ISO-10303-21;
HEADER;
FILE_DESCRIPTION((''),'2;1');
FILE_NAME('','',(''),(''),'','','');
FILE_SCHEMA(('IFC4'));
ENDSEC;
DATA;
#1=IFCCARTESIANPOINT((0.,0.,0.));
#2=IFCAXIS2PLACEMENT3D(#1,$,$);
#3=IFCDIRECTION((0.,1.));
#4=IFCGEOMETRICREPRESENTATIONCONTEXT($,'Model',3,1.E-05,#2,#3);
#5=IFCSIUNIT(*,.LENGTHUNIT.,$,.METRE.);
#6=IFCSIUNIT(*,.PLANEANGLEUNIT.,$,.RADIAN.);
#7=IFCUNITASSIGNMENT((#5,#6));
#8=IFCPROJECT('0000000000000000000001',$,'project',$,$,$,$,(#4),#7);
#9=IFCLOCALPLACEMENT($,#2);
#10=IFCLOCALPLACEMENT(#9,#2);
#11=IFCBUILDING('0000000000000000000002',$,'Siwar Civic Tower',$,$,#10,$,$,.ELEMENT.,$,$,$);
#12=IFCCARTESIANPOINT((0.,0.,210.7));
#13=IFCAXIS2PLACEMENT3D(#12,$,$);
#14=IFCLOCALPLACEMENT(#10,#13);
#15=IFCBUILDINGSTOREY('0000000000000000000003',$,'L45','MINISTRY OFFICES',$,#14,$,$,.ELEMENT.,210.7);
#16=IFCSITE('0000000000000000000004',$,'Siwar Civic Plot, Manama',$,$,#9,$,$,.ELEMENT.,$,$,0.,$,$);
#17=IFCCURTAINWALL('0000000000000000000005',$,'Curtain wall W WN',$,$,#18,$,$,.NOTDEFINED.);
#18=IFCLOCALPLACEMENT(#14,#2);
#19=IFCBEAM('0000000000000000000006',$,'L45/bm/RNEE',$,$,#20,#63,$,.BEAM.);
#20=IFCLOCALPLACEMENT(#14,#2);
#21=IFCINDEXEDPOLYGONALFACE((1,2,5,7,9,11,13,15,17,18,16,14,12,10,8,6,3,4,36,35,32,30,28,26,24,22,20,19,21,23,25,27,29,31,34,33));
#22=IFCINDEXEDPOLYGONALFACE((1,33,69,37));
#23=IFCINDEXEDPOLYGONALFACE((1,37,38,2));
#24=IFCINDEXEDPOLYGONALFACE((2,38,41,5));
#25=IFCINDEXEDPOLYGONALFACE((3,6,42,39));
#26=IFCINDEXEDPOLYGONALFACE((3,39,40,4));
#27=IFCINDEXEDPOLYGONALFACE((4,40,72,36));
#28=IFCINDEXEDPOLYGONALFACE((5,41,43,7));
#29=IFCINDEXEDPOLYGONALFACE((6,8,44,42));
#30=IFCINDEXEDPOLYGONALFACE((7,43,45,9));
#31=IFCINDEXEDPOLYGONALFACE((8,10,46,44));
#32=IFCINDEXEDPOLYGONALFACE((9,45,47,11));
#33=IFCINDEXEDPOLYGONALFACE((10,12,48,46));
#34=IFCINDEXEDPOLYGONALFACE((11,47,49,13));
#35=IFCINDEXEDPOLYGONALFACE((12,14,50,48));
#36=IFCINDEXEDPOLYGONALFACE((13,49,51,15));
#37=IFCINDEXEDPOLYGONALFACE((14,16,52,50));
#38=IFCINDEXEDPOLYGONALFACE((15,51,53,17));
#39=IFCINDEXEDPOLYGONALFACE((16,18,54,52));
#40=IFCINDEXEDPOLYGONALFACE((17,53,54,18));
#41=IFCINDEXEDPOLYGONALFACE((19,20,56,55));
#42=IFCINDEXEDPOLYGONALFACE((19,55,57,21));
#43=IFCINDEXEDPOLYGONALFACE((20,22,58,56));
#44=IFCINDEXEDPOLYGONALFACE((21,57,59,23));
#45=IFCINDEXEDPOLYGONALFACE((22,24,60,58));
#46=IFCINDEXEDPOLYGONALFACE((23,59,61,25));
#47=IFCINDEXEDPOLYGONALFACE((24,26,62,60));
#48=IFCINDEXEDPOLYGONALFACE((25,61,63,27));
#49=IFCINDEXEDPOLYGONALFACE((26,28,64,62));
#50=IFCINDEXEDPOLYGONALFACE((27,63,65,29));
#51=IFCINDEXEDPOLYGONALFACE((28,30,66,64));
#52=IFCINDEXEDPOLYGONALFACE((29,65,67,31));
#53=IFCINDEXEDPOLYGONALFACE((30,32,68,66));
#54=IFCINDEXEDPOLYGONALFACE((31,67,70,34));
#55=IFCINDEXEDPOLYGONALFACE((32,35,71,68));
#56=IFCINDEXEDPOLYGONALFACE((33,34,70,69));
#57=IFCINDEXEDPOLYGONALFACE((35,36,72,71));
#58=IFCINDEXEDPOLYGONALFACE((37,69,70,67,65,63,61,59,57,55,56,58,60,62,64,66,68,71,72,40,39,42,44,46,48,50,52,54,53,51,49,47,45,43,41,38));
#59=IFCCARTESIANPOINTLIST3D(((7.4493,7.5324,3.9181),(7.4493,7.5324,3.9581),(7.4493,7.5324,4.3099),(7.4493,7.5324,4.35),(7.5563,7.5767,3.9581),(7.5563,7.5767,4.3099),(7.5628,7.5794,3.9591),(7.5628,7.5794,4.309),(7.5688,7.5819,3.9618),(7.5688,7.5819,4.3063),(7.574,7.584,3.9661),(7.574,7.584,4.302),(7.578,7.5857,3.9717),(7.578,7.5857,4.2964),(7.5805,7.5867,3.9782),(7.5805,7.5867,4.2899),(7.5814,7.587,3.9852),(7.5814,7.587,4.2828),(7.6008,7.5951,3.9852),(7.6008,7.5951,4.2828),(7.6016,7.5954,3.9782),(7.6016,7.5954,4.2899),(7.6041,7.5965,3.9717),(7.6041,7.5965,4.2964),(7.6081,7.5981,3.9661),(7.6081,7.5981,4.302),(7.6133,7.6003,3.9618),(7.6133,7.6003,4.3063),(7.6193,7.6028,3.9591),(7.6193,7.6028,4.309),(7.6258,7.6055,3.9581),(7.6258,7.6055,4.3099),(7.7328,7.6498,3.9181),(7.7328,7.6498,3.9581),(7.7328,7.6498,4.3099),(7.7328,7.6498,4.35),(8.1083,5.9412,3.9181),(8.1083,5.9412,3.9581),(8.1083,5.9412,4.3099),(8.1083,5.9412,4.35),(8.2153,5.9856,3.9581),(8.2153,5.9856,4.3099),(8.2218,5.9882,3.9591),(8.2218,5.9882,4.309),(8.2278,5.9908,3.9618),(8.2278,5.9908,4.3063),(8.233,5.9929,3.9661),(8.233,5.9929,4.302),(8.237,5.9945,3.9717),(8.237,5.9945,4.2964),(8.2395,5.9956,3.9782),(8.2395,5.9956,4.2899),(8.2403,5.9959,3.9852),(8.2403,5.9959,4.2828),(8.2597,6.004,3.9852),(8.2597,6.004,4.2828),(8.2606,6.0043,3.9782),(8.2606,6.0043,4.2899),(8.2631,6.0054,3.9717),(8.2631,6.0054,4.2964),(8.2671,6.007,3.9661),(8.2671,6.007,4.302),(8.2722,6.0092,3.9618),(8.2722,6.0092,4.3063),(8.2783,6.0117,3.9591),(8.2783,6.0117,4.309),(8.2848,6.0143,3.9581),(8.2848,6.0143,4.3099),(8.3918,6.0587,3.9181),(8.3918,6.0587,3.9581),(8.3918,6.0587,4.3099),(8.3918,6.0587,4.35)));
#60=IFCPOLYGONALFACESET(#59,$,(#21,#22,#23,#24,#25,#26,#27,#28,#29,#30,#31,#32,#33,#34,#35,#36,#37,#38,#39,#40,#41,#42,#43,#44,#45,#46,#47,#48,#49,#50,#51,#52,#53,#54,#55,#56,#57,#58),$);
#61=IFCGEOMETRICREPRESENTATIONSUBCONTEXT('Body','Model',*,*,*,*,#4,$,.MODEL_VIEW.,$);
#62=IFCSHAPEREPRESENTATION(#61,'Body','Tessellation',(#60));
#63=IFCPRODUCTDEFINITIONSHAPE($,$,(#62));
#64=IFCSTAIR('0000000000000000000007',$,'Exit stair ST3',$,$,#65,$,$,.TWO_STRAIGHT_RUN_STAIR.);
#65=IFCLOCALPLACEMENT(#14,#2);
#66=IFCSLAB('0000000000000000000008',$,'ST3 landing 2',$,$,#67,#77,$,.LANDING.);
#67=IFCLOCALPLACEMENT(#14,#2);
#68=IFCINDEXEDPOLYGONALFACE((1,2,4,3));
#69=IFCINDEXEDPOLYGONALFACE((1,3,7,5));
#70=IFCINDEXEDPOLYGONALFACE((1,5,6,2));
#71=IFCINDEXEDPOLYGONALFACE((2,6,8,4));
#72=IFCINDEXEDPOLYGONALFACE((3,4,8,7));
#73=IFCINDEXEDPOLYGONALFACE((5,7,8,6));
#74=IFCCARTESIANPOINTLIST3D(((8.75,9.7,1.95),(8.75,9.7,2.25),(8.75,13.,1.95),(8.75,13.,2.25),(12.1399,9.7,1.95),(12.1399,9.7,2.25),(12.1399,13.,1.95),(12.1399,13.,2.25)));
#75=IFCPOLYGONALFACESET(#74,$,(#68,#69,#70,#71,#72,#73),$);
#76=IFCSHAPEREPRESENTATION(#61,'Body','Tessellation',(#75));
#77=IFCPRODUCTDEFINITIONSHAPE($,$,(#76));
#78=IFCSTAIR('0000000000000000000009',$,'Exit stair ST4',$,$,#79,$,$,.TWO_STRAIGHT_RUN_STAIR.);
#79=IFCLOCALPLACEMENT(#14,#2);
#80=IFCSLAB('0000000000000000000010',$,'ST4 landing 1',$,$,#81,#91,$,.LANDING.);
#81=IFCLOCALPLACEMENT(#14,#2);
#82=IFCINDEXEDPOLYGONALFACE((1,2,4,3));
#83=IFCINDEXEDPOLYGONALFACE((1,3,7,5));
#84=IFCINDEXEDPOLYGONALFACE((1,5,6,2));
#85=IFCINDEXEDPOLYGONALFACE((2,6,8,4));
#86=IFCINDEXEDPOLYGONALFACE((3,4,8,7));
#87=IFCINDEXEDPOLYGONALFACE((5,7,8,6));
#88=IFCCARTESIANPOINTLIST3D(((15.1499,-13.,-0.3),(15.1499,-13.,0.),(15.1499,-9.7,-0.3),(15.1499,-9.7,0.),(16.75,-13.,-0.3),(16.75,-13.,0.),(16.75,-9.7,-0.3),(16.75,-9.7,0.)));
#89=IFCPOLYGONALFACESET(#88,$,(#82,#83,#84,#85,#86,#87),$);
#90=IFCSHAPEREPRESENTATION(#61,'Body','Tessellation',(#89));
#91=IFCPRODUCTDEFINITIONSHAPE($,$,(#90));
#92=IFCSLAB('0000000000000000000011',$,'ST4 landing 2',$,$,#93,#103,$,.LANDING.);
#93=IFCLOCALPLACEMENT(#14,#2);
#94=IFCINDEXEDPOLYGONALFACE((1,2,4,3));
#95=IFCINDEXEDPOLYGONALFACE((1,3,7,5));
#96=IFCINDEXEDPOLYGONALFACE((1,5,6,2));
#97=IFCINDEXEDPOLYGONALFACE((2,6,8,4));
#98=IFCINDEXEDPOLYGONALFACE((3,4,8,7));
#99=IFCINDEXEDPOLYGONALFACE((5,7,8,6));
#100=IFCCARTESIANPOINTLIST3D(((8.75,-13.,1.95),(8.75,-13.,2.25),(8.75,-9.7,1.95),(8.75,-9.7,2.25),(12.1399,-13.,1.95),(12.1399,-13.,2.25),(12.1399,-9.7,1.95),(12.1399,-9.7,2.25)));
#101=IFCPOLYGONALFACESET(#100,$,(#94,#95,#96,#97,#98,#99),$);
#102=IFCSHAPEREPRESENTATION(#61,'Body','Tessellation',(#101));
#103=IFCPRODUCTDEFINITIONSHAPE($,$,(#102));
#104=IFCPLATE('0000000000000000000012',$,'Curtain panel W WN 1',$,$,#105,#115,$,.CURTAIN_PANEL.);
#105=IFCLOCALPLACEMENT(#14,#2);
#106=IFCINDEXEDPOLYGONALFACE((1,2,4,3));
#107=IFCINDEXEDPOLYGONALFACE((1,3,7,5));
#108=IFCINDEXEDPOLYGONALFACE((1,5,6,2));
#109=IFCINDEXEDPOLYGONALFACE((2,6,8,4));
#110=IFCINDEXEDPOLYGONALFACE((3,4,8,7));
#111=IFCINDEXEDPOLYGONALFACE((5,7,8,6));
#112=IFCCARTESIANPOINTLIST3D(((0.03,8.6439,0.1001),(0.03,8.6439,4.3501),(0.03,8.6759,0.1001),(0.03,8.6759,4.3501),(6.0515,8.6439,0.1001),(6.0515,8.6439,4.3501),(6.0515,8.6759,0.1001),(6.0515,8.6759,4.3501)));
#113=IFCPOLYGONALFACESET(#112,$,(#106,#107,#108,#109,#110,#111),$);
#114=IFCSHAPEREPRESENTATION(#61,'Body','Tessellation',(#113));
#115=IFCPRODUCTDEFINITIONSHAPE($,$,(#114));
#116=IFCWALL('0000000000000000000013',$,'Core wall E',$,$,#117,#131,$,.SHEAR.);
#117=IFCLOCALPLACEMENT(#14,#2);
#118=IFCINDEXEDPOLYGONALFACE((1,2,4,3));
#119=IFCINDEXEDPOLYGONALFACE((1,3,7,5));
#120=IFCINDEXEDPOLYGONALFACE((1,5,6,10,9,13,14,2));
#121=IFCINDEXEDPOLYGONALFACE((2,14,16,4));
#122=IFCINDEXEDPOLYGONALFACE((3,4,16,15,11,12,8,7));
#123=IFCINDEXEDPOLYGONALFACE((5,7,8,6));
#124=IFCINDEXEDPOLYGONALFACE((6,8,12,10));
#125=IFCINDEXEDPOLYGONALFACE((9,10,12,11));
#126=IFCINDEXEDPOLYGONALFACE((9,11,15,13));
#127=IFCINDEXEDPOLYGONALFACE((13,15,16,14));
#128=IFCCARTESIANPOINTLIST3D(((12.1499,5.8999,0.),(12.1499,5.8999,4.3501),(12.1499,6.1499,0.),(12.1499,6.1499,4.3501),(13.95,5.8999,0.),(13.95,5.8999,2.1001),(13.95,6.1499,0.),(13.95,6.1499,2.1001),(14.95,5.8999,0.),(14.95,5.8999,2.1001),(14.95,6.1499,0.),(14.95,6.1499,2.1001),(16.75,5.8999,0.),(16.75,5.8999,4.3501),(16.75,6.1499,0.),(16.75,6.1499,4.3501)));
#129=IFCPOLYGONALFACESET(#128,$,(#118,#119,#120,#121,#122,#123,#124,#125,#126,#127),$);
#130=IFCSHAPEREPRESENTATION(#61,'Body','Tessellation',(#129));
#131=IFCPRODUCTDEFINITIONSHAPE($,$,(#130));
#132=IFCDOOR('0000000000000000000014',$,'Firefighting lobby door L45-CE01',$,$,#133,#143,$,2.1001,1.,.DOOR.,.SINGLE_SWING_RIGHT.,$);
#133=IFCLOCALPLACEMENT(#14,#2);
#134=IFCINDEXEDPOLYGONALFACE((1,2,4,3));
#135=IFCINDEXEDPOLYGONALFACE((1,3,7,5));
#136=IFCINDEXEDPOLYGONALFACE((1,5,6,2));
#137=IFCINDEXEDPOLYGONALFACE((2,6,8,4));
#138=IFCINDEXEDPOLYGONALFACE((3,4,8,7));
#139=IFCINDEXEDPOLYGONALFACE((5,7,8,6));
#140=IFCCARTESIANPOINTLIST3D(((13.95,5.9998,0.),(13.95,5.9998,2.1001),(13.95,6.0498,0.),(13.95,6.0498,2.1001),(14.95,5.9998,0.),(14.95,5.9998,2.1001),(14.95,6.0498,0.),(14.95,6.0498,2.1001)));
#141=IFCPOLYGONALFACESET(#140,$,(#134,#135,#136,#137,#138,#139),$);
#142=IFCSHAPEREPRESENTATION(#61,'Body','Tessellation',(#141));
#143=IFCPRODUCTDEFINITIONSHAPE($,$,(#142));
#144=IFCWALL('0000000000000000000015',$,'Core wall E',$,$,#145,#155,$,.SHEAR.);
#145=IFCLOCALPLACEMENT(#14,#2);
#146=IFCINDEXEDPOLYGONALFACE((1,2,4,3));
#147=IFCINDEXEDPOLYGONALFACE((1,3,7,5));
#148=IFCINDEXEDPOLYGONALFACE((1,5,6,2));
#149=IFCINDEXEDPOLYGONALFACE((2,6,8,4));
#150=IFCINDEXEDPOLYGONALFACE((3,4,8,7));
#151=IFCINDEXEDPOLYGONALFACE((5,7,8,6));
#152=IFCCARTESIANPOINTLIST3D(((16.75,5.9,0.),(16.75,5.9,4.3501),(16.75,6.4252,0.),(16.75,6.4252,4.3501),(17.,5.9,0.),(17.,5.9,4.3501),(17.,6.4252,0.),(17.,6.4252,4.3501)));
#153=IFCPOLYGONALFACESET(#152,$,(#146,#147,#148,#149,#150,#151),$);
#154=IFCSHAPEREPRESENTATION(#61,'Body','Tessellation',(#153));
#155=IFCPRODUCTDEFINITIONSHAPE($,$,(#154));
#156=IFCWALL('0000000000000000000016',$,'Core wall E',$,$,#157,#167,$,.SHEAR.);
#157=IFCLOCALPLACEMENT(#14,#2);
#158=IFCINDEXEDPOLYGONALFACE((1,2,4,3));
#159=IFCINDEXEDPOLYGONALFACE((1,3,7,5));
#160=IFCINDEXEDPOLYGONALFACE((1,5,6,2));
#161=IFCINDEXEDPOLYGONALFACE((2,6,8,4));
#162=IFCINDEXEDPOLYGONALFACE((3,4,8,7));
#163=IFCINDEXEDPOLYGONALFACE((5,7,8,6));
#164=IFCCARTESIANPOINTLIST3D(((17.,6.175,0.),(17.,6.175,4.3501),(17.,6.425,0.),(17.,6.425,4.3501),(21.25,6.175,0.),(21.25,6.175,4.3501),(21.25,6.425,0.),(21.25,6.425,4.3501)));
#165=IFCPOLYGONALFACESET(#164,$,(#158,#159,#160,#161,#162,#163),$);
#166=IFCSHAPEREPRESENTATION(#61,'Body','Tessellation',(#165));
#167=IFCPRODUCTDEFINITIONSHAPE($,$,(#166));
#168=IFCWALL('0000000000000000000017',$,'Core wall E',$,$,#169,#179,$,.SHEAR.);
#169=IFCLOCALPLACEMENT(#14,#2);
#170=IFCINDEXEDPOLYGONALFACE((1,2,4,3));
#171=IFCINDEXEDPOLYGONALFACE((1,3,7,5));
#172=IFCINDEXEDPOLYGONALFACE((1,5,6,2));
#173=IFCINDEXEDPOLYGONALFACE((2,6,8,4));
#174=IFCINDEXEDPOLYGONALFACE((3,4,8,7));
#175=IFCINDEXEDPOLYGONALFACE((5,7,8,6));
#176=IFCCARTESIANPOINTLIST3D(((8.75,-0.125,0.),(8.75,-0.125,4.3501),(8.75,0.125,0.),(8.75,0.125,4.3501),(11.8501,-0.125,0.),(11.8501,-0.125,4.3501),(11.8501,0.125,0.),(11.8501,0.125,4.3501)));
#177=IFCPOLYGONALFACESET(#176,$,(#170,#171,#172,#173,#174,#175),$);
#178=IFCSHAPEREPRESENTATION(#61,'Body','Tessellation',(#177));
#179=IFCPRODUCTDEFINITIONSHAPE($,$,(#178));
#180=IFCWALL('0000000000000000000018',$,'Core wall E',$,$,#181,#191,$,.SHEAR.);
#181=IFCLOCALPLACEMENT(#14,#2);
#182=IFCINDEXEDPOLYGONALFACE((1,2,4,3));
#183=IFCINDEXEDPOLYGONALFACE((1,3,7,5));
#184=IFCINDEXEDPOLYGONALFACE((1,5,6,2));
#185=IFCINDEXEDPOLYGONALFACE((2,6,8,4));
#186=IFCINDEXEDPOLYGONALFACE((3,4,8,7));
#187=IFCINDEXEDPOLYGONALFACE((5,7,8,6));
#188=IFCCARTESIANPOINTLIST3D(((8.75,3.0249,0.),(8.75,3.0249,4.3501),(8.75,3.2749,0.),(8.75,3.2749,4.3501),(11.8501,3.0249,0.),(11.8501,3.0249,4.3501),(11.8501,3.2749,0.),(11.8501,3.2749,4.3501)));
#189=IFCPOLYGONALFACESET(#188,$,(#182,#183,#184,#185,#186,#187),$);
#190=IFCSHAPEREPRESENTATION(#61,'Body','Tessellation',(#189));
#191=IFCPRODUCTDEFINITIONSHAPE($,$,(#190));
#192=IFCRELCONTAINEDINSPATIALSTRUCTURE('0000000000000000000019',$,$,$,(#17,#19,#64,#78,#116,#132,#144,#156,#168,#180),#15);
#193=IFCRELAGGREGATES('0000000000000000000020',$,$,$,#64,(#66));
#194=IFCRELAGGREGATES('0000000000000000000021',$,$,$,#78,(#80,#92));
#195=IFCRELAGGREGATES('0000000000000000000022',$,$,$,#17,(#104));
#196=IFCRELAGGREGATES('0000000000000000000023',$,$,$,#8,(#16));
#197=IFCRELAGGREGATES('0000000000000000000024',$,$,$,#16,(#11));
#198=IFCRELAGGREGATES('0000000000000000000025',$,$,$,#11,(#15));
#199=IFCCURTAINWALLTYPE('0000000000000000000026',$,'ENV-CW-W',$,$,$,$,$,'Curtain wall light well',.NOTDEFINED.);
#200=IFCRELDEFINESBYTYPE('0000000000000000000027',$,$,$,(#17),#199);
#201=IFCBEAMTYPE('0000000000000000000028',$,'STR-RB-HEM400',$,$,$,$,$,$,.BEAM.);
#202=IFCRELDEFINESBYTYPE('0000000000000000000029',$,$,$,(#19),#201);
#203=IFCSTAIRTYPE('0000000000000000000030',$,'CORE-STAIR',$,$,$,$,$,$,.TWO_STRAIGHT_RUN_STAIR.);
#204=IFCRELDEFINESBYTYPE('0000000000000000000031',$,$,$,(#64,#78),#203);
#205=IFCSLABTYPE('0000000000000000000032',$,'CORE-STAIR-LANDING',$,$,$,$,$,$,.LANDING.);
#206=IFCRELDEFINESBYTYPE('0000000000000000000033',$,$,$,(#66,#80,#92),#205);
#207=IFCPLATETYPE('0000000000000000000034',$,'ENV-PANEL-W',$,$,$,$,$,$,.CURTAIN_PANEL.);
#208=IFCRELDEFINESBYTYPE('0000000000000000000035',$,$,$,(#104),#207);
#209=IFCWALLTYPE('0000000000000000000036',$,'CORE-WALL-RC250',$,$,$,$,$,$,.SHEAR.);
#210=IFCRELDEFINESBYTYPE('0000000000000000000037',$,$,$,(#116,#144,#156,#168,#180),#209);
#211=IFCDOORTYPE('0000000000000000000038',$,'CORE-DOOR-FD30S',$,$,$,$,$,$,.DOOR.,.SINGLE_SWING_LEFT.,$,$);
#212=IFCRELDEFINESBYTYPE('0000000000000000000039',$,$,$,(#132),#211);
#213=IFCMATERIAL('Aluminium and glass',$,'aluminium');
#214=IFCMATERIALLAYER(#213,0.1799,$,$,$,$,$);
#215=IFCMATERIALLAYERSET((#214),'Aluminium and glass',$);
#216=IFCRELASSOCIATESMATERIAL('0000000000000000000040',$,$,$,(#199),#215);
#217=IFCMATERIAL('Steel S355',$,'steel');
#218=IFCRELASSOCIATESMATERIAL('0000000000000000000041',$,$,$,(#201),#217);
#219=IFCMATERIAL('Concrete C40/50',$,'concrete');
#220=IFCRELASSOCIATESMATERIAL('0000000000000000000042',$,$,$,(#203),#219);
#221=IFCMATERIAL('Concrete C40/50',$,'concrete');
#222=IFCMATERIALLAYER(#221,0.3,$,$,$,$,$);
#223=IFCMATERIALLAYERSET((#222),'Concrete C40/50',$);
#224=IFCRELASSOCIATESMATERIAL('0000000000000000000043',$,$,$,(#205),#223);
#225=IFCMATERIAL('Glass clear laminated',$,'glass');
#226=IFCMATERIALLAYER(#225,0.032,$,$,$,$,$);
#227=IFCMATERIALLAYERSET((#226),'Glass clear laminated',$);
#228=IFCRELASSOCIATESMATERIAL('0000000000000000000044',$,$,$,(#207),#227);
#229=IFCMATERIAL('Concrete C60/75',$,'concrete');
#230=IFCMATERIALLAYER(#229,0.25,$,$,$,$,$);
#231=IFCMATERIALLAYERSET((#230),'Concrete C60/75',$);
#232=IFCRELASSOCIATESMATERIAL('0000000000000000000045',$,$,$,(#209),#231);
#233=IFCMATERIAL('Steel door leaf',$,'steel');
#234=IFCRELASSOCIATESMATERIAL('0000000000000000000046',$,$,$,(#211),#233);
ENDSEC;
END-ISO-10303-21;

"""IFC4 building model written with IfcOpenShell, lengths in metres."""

from ifc_helpers import new_model, si_unit, direction, frame, frame_2d, origin, origin_2d, place, context, subcontext, project, spatial, polyline, rectangle, i_section, outline, extrude, material, layer, layer_set, material_profile, profile_set, type_object, element, fill, aggregate, save


model = new_model("IFC4")

# Units and contexts
model_context = context("Model", 3, precision=1e-05, world=origin(), true_north=direction((0.0, 1.0)))
body_context = subcontext(model_context, "Body", "Model", "MODEL_VIEW")
ifc_project = project(units=[si_unit("LENGTHUNIT", "METRE"), si_unit("PLANEANGLEUNIT", "RADIAN")], contexts=[model_context])

# Site, building, storey
site_placement = place(None, origin())
site = spatial("IfcSite", under=ifc_project, at=site_placement, Name="Siwar Civic Plot, Manama", CompositionType="ELEMENT", RefElevation=0.0)
building_placement = place(site_placement, origin())
building = spatial("IfcBuilding", under=site, at=building_placement, Name="Siwar Civic Tower", CompositionType="ELEMENT")
storey_placement = place(building_placement, frame((0.0, 0.0, 210.7)))
storey = spatial("IfcBuildingStorey", under=building, at=storey_placement, Name="L45", Description="MINISTRY OFFICES", CompositionType="ELEMENT", Elevation=210.7)

# Curtain wall
ifc_material_1 = material(Name="Aluminium and glass", Category="aluminium")
ifc_layer_1 = layer(ifc_material_1, 0.1799)
ifc_layer_set_1 = layer_set([ifc_layer_1], Name="Aluminium and glass")
curtain_wall_type = type_object("IfcCurtainWallType", Name="ENV-CW-W", ElementType="Curtain wall light well", PredefinedType="NOTDEFINED", material=ifc_layer_set_1)
curtain_wall_placement = place(storey_placement, origin())
curtain_wall = element("IfcCurtainWall", 1, at=curtain_wall_placement, inside=storey, type_object=curtain_wall_type, Name="Curtain wall W WN", PredefinedType="NOTDEFINED")

# Beam
ifc_material_2 = material(Name="Steel S355", Category="steel")
ifc_material_profile_1 = material_profile(ifc_material_2, i_section(OverallWidth=0.3069, OverallDepth=0.4319, WebThickness=0.021, FlangeThickness=0.04, FilletRadius=0.0271, at=origin_2d()), Name="HEM400")
ifc_profile_set_1 = profile_set([ifc_material_profile_1], Name="Steel S355")
beam_type_1 = type_object("IfcBeamType", Name="STR-RB-HEM400", PredefinedType="BEAM", material=ifc_profile_set_1)
for number, where, z_axis, x_axis, name in (
    (2, (7.5911, 7.5911, 4.134), (0.382631, -0.923901, 0.0), (0.923901, 0.382631, 0.0), "L45/bm/RNEE"),
):
    element("IfcBeam", number, at=place(storey_placement, frame(where, z_axis=z_axis, x_axis=x_axis)), inside=storey, type_object=beam_type_1, Name=name, PredefinedType="BEAM", context=body_context, shape_type="SweptSolid", body=[
        extrude(i_section(OverallWidth=0.3069, OverallDepth=0.4319, WebThickness=0.021, FlangeThickness=0.04, FilletRadius=0.0271, at=origin_2d()), origin(), (0.0, 0.0, 1.0), 1.7222),
    ])

# Stair, slab
ifc_material_3 = material(Name="Concrete C40/50", Category="concrete")
stair_type = type_object("IfcStairType", Name="CORE-STAIR", PredefinedType="TWO_STRAIGHT_RUN_STAIR", material=ifc_material_3)
stair_1_placement = place(storey_placement, origin())
stair_1 = element("IfcStair", 3, at=stair_1_placement, inside=storey, type_object=stair_type, Name="Exit stair ST3", PredefinedType="TWO_STRAIGHT_RUN_STAIR")
ifc_material_4 = material(Name="Concrete C40/50", Category="concrete")
ifc_layer_2 = layer(ifc_material_4, 0.3)
ifc_layer_set_2 = layer_set([ifc_layer_2], Name="Concrete C40/50")
slab_type = type_object("IfcSlabType", Name="CORE-STAIR-LANDING", PredefinedType="LANDING", material=ifc_layer_set_2)
slab_1_placement = place(storey_placement, frame((0.0, 0.0, 1.95)))
slab_1 = element("IfcSlab", 4, at=slab_1_placement, type_object=slab_type, Name="ST3 landing 2", PredefinedType="LANDING", context=body_context, shape_type="SweptSolid", body=[
    extrude(outline(polyline([(8.75, 9.7), (12.1399, 9.7), (12.1399, 13.0), (8.75, 13.0), (8.75, 9.7)])), origin(), (0.0, 0.0, 1.0), 0.3),
])
aggregate(stair_1, [slab_1])

# Stair, slabs
stair_2_placement = place(storey_placement, origin())
stair_2 = element("IfcStair", 5, at=stair_2_placement, inside=storey, type_object=stair_type, Name="Exit stair ST4", PredefinedType="TWO_STRAIGHT_RUN_STAIR")
slab_2_placement = place(storey_placement, frame((0.0, 0.0, -0.3)))
slab_2 = element("IfcSlab", 6, at=slab_2_placement, type_object=slab_type, Name="ST4 landing 1", PredefinedType="LANDING", context=body_context, shape_type="SweptSolid", body=[
    extrude(outline(polyline([(15.1499, -13.0), (16.75, -13.0), (16.75, -9.7), (15.1499, -9.7), (15.1499, -13.0)])), origin(), (0.0, 0.0, 1.0), 0.3),
])
slab_3_placement = place(storey_placement, frame((0.0, 0.0, 1.95)))
slab_3 = element("IfcSlab", 7, at=slab_3_placement, type_object=slab_type, Name="ST4 landing 2", PredefinedType="LANDING", context=body_context, shape_type="SweptSolid", body=[
    extrude(outline(polyline([(8.75, -13.0), (12.1399, -13.0), (12.1399, -9.7), (8.75, -9.7), (8.75, -13.0)])), origin(), (0.0, 0.0, 1.0), 0.3),
])
aggregate(stair_2, [slab_2, slab_3])

# Plate
ifc_material_5 = material(Name="Glass clear laminated", Category="glass")
ifc_layer_3 = layer(ifc_material_5, 0.032)
ifc_layer_set_3 = layer_set([ifc_layer_3], Name="Glass clear laminated")
plate_type = type_object("IfcPlateType", Name="ENV-PANEL-W", PredefinedType="CURTAIN_PANEL", material=ifc_layer_set_3)
plate_placement = place(storey_placement, frame((3.0408, 8.6599, 0.1001), z_axis=(0.0, 0.0, 1.0), x_axis=(-1.0, 0.0, 0.0)))
plate = element("IfcPlate", 8, at=plate_placement, type_object=plate_type, Name="Curtain panel W WN 1", PredefinedType="CURTAIN_PANEL", context=body_context, shape_type="SweptSolid", body=[
    extrude(rectangle(XDim=6.0215, YDim=0.032, at=origin_2d()), origin(), (0.0, 0.0, 1.0), 4.25),
])
aggregate(curtain_wall, [plate])

# Wall, opening, door
ifc_material_6 = material(Name="Concrete C60/75", Category="concrete")
ifc_layer_4 = layer(ifc_material_6, 0.25)
ifc_layer_set_4 = layer_set([ifc_layer_4], Name="Concrete C60/75")
wall_type_1 = type_object("IfcWallType", Name="CORE-WALL-RC250", PredefinedType="SHEAR", material=ifc_layer_set_4)
wall_1_placement = place(storey_placement, frame((12.1499, 6.0249, 0.0), z_axis=(0.0, 0.0, 1.0), x_axis=(1.0, 0.0, 0.0)))
wall_1 = element("IfcWall", 9, at=wall_1_placement, inside=storey, type_object=wall_type_1, Name="Core wall E", PredefinedType="SHEAR", context=body_context, shape_type="SweptSolid", body=[
    extrude(rectangle(XDim=4.6001, YDim=0.25, at=frame_2d((2.3, 0.0))), origin(), (0.0, 0.0, 1.0), 4.3501),
])
opening_1_placement = place(wall_1_placement, frame((1.8, 0.0, 0.0)))
opening_1 = element("IfcOpeningElement", 10, at=opening_1_placement, cuts=wall_1, PredefinedType="OPENING", context=body_context, shape_type="SweptSolid", body=[
    extrude(rectangle(XDim=1.0, YDim=2.1001, at=frame_2d((0.5, 1.05))), frame((0.0, 0.135, 0.0), z_axis=(0.0, -1.0, 0.0), x_axis=(1.0, 0.0, 0.0)), (0.0, 0.0, 1.0), 0.27),
])
ifc_material_7 = material(Name="Steel door leaf", Category="steel")
door_type_1 = type_object("IfcDoorType", Name="CORE-DOOR-FD30S", OperationType="SINGLE_SWING_LEFT", PredefinedType="DOOR", material=ifc_material_7)
door_1_placement = place(opening_1_placement, origin())
door_1 = element("IfcDoor", 11, at=door_1_placement, inside=storey, type_object=door_type_1, Name="Firefighting lobby door L45-CE01", OperationType="SINGLE_SWING_RIGHT", OverallHeight=2.1001, OverallWidth=1.0, PredefinedType="DOOR", context=body_context, shape_type="SweptSolid", body=[
    extrude(rectangle(XDim=1.0, YDim=2.1001, at=frame_2d((0.5, 1.05))), frame((0.0, 0.0249, 0.0), z_axis=(0.0, -1.0, 0.0), x_axis=(1.0, 0.0, 0.0)), (0.0, 0.0, 1.0), 0.05),
])
fill(opening_1, door_1)

# Walls
wall_2_placement = place(storey_placement, frame((16.875, 5.8999, 0.0), z_axis=(0.0, 0.0, 1.0), x_axis=(0.0, 1.0, 0.0)))
element("IfcWall", 12, at=wall_2_placement, inside=storey, type_object=wall_type_1, Name="Core wall E", PredefinedType="SHEAR", context=body_context, shape_type="SweptSolid", body=[
    extrude(rectangle(XDim=0.5251, YDim=0.25, at=frame_2d((0.2627, 0.0))), origin(), (0.0, 0.0, 1.0), 4.3501),
])
wall_3_placement = place(storey_placement, frame((17.0, 6.3, 0.0), z_axis=(0.0, 0.0, 1.0), x_axis=(1.0, 0.0, 0.0)))
element("IfcWall", 13, at=wall_3_placement, inside=storey, type_object=wall_type_1, Name="Core wall E", PredefinedType="SHEAR", context=body_context, shape_type="SweptSolid", body=[
    extrude(rectangle(XDim=4.25, YDim=0.25, at=frame_2d((2.125, 0.0))), origin(), (0.0, 0.0, 1.0), 4.3501),
])
for number, where, z_axis, x_axis, name in (
    (14, (8.75, 0.0, 0.0), (0.0, 0.0, 1.0), (1.0, 0.0, 0.0), "Core wall E"),
    (15, (8.75, 3.1499, 0.0), (0.0, 0.0, 1.0), (1.0, 0.0, 0.0), "Core wall E"),
):
    element("IfcWall", number, at=place(storey_placement, frame(where, z_axis=z_axis, x_axis=x_axis)), inside=storey, type_object=wall_type_1, Name=name, PredefinedType="SHEAR", context=body_context, shape_type="SweptSolid", body=[
        extrude(rectangle(XDim=3.1001, YDim=0.25, at=frame_2d((1.55, 0.0))), origin(), (0.0, 0.0, 1.0), 4.3501),
    ])

save(model, "model.ifc")
